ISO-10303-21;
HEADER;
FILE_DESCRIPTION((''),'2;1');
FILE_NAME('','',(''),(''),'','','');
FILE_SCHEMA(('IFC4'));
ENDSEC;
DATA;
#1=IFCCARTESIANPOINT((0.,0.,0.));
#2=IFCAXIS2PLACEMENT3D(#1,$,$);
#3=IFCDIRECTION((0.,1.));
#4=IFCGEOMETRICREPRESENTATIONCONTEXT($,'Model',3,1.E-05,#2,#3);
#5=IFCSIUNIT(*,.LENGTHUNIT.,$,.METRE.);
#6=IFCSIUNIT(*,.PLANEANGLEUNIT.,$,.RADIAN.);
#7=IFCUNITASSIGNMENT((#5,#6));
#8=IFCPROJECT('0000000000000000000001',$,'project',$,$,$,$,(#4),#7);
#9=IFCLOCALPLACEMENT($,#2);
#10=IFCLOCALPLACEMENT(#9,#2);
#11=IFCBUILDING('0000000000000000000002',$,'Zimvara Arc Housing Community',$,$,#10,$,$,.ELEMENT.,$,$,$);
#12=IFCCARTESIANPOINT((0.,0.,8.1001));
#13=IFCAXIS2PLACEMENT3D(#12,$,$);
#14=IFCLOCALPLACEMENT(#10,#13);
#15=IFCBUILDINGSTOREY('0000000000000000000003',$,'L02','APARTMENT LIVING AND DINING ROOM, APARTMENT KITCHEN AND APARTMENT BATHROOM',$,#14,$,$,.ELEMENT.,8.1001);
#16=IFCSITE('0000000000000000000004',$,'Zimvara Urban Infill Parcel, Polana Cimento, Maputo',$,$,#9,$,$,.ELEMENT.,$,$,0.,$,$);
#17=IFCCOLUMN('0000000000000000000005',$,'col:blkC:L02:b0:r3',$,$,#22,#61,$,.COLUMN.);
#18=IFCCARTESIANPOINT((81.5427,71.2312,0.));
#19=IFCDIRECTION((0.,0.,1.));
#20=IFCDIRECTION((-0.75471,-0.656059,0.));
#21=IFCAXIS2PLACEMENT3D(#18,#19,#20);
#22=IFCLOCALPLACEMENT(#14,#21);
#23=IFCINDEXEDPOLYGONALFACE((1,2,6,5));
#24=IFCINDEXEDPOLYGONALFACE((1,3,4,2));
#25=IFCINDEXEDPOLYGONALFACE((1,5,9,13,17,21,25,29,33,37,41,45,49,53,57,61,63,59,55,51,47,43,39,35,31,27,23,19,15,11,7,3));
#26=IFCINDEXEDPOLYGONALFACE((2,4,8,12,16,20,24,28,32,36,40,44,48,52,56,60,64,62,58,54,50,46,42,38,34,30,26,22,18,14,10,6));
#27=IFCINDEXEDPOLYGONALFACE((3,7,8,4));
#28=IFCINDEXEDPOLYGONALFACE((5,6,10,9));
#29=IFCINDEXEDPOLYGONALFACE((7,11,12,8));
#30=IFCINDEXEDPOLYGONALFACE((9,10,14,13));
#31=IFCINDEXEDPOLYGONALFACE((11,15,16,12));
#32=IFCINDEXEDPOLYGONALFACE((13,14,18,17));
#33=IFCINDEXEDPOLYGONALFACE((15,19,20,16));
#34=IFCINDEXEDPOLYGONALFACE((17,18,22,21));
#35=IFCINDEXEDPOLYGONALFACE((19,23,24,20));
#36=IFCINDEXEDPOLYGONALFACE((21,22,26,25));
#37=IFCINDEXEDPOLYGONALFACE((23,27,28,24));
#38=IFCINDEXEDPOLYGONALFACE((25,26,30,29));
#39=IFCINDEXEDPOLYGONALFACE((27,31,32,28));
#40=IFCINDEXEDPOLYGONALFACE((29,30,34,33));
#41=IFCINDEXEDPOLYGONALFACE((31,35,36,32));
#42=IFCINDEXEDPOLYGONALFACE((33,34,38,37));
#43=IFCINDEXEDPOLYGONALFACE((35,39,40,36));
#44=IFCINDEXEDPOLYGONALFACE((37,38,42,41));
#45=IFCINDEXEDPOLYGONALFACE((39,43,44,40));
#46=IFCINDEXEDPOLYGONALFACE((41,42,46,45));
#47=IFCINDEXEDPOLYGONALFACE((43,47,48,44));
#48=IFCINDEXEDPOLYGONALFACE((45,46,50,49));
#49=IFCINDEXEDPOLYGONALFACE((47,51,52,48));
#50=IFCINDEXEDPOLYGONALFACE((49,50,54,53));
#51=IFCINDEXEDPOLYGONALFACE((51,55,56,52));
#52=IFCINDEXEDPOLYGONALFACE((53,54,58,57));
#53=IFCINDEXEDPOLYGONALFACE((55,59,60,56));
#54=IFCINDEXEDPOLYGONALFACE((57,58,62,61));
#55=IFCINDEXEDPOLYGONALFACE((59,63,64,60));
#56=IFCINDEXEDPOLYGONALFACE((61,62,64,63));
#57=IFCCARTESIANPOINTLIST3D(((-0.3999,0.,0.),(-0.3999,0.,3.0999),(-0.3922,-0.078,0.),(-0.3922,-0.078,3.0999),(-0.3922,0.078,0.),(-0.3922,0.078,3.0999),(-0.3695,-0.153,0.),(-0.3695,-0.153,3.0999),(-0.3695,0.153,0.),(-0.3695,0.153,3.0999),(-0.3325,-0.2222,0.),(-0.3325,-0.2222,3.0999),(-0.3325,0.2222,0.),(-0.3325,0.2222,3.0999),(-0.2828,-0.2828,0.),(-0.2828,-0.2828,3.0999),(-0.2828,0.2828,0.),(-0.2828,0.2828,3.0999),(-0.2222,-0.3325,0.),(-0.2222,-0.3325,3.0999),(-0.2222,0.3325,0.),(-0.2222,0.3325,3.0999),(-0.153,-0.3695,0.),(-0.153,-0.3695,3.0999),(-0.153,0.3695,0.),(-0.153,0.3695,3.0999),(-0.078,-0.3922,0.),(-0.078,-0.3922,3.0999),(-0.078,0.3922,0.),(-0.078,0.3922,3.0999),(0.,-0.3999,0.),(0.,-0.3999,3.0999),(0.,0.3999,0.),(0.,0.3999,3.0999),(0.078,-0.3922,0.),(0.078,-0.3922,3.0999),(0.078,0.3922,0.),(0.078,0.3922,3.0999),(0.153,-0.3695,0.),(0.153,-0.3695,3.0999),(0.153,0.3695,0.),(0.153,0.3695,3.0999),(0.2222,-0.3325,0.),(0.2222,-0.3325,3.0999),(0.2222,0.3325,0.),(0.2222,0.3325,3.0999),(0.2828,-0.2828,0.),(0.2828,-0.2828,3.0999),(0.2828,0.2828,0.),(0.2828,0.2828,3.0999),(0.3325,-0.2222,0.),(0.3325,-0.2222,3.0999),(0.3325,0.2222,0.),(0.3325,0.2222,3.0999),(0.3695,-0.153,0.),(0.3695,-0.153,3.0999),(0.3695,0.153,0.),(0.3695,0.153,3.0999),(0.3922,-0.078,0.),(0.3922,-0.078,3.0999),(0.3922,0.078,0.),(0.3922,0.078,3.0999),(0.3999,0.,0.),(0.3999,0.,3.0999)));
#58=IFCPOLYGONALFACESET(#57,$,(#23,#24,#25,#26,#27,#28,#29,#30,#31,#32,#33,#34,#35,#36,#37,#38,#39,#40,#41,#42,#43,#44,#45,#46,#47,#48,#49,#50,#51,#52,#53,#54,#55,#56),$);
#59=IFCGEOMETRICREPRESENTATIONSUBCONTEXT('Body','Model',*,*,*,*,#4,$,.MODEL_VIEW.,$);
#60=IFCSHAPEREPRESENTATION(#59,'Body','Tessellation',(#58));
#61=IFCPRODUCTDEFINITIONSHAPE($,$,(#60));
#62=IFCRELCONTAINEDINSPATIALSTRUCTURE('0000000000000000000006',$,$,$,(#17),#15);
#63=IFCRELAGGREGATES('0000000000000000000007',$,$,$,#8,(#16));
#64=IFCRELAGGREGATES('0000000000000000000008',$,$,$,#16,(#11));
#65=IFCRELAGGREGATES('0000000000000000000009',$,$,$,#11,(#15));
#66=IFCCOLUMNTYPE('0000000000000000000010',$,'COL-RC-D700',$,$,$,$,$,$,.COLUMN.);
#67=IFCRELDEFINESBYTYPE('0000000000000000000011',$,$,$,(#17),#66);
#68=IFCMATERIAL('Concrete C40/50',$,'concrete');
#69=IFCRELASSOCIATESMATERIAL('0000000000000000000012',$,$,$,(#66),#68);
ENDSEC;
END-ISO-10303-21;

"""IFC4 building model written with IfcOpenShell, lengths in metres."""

from ifc_helpers import new_model, si_unit, direction, frame, origin, origin_2d, place, context, subcontext, project, spatial, circle, extrude, material, material_profile, profile_set, type_object, element, save


model = new_model("IFC4")

# Units and contexts
model_context = context("Model", 3, precision=1e-05, world=origin(), true_north=direction((0.0, 1.0)))
body_context = subcontext(model_context, "Body", "Model", "MODEL_VIEW")
ifc_project = project(units=[si_unit("LENGTHUNIT", "METRE"), si_unit("PLANEANGLEUNIT", "RADIAN")], contexts=[model_context])

# Site, building, storey
site_placement = place(None, origin())
site = spatial("IfcSite", under=ifc_project, at=site_placement, Name="Zimvara Urban Infill Parcel, Polana Cimento, Maputo", CompositionType="ELEMENT", RefElevation=0.0)
building_placement = place(site_placement, origin())
building = spatial("IfcBuilding", under=site, at=building_placement, Name="Zimvara Arc Housing Community", CompositionType="ELEMENT")
storey_placement = place(building_placement, frame((0.0, 0.0, 8.1001)))
storey = spatial("IfcBuildingStorey", under=building, at=storey_placement, Name="L02", Description="APARTMENT LIVING AND DINING ROOM, APARTMENT KITCHEN AND APARTMENT BATHROOM", CompositionType="ELEMENT", Elevation=8.1001)

# Column
ifc_material_1 = material(Name="Concrete C40/50", Category="concrete")
ifc_material_profile_1 = material_profile(ifc_material_1, circle(Radius=0.3999, at=origin_2d()), Name="RC D800")
ifc_profile_set_1 = profile_set([ifc_material_profile_1], Name="Concrete C40/50")
column_type_1 = type_object("IfcColumnType", Name="COL-RC-D700", PredefinedType="COLUMN", material=ifc_profile_set_1)
column_1_placement = place(storey_placement, frame((81.5427, 71.2312, 0.0), z_axis=(0.0, 0.0, 1.0), x_axis=(-0.75471, -0.656059, 0.0)))
element("IfcColumn", 1, at=column_1_placement, inside=storey, type_object=column_type_1, Name="col:blkC:L02:b0:r3", PredefinedType="COLUMN", context=body_context, shape_type="SweptSolid", body=[
    extrude(circle(Radius=0.3999, at=origin_2d()), origin(), (0.0, 0.0, 1.0), 3.0999),
])

save(model, "model.ifc")
